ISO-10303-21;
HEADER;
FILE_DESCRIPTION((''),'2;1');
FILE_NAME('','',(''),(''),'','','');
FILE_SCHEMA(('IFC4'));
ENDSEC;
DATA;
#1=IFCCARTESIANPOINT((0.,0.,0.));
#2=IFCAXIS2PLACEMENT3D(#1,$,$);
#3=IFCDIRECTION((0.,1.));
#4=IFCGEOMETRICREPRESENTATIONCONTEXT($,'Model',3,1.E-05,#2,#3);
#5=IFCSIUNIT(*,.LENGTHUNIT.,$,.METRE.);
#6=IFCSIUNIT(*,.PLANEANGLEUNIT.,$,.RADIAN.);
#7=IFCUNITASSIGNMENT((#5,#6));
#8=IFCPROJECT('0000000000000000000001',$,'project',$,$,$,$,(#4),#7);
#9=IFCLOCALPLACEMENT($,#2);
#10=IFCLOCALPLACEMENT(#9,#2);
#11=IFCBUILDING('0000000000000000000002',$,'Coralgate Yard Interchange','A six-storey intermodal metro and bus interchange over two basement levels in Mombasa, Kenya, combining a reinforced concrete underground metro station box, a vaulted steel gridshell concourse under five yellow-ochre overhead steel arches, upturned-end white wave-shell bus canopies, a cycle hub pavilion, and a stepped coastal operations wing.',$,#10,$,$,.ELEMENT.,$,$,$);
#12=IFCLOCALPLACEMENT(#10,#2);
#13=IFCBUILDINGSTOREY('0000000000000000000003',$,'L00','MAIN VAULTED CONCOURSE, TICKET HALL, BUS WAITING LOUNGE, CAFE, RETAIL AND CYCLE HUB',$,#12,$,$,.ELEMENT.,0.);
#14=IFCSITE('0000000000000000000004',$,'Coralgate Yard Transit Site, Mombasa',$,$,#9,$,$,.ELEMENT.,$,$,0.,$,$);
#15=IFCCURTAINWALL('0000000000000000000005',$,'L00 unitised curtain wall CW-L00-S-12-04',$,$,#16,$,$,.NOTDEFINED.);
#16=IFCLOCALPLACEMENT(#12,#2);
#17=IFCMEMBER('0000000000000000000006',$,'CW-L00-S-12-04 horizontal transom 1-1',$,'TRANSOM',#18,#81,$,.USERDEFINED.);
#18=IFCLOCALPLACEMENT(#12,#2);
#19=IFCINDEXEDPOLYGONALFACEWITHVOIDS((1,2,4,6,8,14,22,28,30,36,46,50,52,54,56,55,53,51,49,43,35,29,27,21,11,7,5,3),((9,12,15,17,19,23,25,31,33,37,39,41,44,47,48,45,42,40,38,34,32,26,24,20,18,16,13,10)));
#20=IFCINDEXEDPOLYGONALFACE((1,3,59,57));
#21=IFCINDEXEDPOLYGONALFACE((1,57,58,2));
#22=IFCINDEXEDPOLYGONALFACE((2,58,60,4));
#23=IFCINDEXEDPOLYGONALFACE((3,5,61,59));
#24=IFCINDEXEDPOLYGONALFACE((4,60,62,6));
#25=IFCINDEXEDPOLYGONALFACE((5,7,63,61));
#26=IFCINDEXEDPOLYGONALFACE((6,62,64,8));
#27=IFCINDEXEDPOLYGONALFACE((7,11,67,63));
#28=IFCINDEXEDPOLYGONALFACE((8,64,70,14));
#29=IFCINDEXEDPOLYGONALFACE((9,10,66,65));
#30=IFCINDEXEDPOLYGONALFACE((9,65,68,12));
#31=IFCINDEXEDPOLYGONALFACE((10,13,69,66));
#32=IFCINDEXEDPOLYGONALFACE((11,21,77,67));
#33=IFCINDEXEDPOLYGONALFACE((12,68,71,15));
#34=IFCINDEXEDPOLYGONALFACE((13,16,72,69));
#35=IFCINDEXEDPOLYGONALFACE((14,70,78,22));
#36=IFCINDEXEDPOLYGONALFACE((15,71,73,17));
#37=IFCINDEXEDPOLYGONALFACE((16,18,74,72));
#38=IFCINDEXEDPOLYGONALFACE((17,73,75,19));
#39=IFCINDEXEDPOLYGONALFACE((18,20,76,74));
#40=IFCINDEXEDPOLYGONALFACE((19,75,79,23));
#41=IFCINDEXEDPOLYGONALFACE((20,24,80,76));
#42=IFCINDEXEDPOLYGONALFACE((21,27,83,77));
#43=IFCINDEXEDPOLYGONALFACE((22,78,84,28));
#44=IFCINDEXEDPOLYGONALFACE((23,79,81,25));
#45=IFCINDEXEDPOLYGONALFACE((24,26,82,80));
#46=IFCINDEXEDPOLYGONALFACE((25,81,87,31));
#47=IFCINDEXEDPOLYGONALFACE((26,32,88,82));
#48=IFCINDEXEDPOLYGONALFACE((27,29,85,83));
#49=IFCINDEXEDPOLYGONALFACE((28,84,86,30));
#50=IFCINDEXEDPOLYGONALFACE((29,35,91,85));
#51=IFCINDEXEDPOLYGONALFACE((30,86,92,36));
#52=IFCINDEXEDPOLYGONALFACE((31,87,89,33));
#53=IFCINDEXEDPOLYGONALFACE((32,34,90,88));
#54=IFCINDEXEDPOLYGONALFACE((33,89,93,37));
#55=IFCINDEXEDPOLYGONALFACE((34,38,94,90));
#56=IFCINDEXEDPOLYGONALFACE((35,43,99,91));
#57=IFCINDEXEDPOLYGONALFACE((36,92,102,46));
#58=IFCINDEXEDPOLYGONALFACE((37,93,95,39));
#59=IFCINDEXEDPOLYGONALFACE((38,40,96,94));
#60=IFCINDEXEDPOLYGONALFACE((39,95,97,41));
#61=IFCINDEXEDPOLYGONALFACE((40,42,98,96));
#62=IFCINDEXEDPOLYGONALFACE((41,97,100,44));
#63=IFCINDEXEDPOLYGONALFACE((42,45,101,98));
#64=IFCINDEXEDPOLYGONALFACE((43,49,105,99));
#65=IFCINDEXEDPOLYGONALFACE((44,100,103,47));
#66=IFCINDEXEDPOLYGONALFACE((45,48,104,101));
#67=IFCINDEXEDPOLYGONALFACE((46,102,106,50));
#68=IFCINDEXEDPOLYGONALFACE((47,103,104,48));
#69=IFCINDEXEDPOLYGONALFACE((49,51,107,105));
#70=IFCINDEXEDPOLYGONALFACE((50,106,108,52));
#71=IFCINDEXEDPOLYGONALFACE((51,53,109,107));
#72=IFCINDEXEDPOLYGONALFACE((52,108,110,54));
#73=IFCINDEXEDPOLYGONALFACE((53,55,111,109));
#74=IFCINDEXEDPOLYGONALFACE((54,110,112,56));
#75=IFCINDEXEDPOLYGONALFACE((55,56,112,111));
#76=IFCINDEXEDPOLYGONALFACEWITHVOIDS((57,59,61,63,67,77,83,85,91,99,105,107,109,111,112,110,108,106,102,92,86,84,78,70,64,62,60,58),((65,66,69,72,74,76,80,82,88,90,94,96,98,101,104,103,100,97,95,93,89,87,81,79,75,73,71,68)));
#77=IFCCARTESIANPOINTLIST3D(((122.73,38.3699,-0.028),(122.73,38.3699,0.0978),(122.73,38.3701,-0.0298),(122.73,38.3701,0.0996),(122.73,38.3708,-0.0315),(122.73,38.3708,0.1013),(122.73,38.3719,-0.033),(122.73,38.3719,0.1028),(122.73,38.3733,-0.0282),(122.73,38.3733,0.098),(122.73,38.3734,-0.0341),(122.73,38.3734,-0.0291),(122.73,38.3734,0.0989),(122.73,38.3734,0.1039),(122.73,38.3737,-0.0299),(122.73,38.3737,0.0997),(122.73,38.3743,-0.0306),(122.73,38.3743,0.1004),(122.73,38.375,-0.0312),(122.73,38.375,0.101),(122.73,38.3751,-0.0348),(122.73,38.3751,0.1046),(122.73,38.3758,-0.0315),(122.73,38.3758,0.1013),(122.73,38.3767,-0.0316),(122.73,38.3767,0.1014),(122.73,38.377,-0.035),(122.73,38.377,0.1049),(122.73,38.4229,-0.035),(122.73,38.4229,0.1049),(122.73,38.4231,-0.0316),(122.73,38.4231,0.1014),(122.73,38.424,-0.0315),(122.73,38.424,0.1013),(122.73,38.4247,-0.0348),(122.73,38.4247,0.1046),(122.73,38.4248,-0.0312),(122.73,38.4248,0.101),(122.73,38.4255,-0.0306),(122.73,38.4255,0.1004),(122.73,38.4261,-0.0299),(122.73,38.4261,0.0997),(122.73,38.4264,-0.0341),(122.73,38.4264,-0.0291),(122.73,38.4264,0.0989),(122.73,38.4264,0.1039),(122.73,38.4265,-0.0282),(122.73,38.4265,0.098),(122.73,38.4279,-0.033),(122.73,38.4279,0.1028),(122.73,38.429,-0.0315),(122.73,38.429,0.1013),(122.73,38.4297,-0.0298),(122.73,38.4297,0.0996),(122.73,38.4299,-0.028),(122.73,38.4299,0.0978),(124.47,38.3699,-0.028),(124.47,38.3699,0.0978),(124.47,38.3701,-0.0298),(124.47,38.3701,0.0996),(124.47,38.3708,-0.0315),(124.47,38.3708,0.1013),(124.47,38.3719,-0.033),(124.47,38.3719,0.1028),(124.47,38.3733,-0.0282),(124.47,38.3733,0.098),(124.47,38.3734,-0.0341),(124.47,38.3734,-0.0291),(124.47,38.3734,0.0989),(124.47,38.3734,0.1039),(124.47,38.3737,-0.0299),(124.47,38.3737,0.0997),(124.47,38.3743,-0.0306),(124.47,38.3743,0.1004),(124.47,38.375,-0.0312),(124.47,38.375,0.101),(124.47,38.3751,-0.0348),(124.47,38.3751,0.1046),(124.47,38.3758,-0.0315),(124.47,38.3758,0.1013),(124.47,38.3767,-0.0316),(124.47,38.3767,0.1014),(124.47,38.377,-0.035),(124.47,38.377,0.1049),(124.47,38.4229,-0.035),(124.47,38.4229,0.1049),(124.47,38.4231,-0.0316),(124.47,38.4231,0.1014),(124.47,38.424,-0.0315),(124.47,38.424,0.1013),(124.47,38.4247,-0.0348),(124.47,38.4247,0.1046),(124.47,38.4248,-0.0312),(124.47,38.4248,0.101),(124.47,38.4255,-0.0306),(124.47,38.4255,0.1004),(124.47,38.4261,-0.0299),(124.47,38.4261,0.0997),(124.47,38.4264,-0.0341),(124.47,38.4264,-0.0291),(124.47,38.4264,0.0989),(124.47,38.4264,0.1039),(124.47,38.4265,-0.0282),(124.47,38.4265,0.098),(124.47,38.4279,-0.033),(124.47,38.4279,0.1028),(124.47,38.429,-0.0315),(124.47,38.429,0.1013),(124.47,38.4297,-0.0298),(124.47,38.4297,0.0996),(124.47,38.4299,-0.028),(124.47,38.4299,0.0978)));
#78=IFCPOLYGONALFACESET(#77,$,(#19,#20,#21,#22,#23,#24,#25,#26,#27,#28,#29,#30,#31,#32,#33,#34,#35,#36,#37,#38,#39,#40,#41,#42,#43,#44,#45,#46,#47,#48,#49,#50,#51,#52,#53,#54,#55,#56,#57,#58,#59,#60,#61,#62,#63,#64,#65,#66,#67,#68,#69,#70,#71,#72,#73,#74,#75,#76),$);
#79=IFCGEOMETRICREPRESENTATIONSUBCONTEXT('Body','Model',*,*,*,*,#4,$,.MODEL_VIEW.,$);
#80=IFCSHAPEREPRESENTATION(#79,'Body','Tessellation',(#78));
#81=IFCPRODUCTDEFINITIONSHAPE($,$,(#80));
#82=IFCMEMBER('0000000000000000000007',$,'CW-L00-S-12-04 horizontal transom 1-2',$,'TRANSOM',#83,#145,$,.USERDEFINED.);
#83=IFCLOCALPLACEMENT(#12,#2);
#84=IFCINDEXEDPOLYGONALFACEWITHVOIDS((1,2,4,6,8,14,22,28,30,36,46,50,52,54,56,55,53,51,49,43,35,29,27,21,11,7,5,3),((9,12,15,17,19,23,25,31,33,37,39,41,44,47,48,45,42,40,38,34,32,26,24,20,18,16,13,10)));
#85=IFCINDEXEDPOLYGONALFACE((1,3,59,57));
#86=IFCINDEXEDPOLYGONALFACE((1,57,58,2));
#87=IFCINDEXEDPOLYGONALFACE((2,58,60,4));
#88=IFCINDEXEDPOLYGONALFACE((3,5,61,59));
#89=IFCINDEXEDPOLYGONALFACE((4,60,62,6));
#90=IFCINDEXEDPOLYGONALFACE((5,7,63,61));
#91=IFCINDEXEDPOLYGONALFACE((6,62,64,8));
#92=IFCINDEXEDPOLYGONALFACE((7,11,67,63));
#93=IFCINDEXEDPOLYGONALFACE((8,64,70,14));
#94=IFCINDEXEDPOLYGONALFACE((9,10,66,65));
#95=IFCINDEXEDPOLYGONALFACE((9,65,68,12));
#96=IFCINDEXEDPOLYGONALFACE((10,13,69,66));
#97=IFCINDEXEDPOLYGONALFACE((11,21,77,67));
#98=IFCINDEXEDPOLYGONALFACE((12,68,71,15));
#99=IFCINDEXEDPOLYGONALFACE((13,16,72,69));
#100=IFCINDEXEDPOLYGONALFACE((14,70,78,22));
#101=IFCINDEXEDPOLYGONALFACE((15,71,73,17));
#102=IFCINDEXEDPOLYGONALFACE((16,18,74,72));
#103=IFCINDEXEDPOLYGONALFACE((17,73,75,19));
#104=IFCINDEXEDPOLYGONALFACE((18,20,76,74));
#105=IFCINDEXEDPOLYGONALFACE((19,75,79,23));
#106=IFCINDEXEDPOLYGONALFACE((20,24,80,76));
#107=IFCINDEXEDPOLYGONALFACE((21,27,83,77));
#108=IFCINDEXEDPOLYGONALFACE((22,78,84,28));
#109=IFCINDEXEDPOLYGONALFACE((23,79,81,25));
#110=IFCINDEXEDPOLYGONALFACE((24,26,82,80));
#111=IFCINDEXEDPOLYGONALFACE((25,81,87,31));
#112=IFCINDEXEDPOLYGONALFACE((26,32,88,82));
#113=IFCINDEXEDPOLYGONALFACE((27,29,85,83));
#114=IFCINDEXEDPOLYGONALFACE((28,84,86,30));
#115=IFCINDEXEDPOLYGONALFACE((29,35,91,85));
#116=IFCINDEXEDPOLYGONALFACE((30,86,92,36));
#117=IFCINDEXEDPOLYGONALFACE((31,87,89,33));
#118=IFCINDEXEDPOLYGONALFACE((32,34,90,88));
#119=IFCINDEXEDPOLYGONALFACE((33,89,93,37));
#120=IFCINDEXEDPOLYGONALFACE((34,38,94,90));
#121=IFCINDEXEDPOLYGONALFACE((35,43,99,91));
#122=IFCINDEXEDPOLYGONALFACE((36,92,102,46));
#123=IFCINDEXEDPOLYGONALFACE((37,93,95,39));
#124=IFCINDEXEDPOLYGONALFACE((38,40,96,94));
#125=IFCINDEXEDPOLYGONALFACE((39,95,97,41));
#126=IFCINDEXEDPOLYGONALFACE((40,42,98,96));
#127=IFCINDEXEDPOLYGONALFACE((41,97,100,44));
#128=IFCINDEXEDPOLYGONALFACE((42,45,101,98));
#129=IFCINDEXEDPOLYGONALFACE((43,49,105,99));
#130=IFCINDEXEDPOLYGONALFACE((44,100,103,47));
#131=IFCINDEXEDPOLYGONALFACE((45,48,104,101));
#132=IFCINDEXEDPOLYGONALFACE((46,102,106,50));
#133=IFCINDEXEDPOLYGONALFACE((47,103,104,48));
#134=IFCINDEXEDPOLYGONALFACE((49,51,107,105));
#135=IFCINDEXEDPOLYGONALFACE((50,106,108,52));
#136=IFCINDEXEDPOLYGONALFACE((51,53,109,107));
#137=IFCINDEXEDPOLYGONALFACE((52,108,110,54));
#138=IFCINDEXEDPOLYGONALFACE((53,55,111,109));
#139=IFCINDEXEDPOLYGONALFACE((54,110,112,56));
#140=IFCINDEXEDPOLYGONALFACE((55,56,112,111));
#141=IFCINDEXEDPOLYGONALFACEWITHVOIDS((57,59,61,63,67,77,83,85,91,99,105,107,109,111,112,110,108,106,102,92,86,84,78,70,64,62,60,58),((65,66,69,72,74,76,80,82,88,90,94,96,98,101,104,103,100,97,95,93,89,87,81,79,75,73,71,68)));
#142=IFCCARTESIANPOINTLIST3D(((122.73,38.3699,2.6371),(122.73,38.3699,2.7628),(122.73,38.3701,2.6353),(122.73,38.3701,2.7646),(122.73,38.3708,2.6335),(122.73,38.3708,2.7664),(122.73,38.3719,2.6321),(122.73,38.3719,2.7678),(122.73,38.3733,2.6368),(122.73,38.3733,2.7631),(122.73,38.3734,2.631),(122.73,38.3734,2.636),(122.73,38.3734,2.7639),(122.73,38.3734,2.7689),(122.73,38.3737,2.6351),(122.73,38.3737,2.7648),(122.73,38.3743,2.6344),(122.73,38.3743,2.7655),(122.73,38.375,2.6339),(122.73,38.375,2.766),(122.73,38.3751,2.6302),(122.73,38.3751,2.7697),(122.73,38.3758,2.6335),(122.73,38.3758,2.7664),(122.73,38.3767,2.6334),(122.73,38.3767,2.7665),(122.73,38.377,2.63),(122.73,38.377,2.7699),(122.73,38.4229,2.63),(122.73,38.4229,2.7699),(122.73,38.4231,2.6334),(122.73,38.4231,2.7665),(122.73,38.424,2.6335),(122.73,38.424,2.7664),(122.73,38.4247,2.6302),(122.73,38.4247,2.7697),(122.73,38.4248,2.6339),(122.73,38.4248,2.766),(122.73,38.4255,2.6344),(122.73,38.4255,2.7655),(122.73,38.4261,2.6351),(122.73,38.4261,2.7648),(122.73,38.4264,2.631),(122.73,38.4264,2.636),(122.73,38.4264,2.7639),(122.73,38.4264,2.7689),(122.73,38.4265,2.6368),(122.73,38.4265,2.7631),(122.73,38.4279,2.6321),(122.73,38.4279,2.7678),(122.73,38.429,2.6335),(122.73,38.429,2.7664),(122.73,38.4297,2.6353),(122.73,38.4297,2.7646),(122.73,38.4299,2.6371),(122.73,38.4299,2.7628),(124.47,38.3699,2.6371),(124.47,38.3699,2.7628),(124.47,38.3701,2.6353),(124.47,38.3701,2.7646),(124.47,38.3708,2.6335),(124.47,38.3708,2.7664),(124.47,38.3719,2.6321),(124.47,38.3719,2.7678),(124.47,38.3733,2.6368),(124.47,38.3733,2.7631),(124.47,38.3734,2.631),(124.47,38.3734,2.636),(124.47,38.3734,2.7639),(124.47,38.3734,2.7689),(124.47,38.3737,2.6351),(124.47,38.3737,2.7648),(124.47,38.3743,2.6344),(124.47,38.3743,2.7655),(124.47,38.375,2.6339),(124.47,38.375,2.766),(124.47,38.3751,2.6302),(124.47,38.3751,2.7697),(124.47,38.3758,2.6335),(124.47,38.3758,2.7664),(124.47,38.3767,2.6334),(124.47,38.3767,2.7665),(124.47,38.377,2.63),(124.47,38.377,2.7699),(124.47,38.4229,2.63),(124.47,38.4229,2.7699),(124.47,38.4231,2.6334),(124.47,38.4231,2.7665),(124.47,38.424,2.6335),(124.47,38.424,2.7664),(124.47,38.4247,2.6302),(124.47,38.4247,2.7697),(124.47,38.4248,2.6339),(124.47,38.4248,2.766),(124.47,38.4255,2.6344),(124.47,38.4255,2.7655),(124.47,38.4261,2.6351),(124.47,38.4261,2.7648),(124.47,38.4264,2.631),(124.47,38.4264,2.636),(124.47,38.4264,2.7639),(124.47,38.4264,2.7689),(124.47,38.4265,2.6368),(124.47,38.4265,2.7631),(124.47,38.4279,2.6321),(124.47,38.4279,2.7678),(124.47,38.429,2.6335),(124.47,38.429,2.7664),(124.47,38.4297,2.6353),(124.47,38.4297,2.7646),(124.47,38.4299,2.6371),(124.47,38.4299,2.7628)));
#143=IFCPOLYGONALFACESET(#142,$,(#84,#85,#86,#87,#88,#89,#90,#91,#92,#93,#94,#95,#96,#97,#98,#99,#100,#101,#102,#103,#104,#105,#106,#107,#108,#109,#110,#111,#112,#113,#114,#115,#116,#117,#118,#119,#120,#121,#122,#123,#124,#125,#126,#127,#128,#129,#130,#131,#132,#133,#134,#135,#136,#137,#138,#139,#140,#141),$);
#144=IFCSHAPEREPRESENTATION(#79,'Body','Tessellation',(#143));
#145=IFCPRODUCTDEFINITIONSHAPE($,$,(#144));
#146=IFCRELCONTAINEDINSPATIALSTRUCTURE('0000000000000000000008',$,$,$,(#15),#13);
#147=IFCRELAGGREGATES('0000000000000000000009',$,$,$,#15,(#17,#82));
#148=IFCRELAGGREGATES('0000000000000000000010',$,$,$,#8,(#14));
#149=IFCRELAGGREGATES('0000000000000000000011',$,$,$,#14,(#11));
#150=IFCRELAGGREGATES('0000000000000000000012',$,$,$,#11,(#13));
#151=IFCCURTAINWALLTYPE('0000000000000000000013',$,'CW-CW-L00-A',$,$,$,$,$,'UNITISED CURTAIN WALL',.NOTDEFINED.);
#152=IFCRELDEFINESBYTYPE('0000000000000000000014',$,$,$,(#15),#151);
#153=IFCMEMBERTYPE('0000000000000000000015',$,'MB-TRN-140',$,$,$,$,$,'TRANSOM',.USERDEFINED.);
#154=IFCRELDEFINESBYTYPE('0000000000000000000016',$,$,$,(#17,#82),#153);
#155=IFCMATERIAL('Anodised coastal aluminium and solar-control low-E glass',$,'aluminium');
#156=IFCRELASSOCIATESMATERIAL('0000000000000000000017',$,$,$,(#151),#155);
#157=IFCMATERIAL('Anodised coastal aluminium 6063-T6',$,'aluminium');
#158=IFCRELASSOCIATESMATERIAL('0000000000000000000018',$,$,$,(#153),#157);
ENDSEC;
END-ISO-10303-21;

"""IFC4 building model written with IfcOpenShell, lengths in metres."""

from ifc_helpers import new_model, si_unit, direction, frame, origin, origin_2d, place, context, subcontext, project, spatial, hollow_rectangle, extrude, material, material_profile, profile_set, type_object, element, aggregate, save


model = new_model("IFC4")

# Units and contexts
model_context = context("Model", 3, precision=1e-05, world=origin(), true_north=direction((0.0, 1.0)))
body_context = subcontext(model_context, "Body", "Model", "MODEL_VIEW")
ifc_project = project(units=[si_unit("LENGTHUNIT", "METRE"), si_unit("PLANEANGLEUNIT", "RADIAN")], contexts=[model_context])

# Site, building, storey
site_placement = place(None, origin())
site = spatial("IfcSite", under=ifc_project, at=site_placement, Name="Coralgate Yard Transit Site, Mombasa", CompositionType="ELEMENT", RefElevation=0.0)
building_placement = place(site_placement, origin())
building = spatial("IfcBuilding", under=site, at=building_placement, Name="Coralgate Yard Interchange", Description="A six-storey intermodal metro and bus interchange over two basement levels in Mombasa, Kenya, combining a reinforced concrete underground metro station box, a vaulted steel gridshell concourse under five yellow-ochre overhead steel arches, upturned-end white wave-shell bus canopies, a cycle hub pavilion, and a stepped coastal operations wing.", CompositionType="ELEMENT")
storey_placement = place(building_placement, origin())
storey = spatial("IfcBuildingStorey", under=building, at=storey_placement, Name="L00", Description="MAIN VAULTED CONCOURSE, TICKET HALL, BUS WAITING LOUNGE, CAFE, RETAIL AND CYCLE HUB", CompositionType="ELEMENT", Elevation=0.0)

# Curtain wall, members
ifc_material_1 = material(Name="Anodised coastal aluminium and solar-control low-E glass", Category="aluminium")
curtain_wall_type = type_object("IfcCurtainWallType", Name="CW-CW-L00-A", ElementType="UNITISED CURTAIN WALL", PredefinedType="NOTDEFINED", material=ifc_material_1)
curtain_wall_placement = place(storey_placement, origin())
curtain_wall = element("IfcCurtainWall", 1, at=curtain_wall_placement, inside=storey, type_object=curtain_wall_type, Name="L00 unitised curtain wall CW-L00-S-12-04", PredefinedType="NOTDEFINED")
ifc_material_2 = material(Name="Anodised coastal aluminium 6063-T6", Category="aluminium")
ifc_material_profile_1 = material_profile(ifc_material_2, hollow_rectangle(XDim=0.0601, YDim=0.1399, WallThickness=0.0034, InnerFilletRadius=0.0034, OuterFilletRadius=0.0071, at=origin_2d()), Name="ALU 60x140x3.5")
ifc_profile_set_1 = profile_set([ifc_material_profile_1], Name="Anodised coastal aluminium 6063-T6")
member_type_1 = type_object("IfcMemberType", Name="MB-TRN-140", ElementType="TRANSOM", PredefinedType="USERDEFINED", material=ifc_profile_set_1)
member_1_placement = place(storey_placement, frame((124.47, 38.3999, 0.0349), z_axis=(-1.0, 0.0, 0.0), x_axis=(0.0, -1.0, 0.0)))
member_1 = element("IfcMember", 2, at=member_1_placement, type_object=member_type_1, Name="CW-L00-S-12-04 horizontal transom 1-1", ObjectType="TRANSOM", PredefinedType="USERDEFINED", context=body_context, shape_type="SweptSolid", body=[
    extrude(hollow_rectangle(XDim=0.0601, YDim=0.1399, WallThickness=0.0034, InnerFilletRadius=0.0034, OuterFilletRadius=0.0071, at=origin_2d()), origin(), (0.0, 0.0, 1.0), 1.74),
])
member_2_placement = place(storey_placement, frame((124.47, 38.3999, 2.7), z_axis=(-1.0, 0.0, 0.0), x_axis=(0.0, -1.0, 0.0)))
member_2 = element("IfcMember", 3, at=member_2_placement, type_object=member_type_1, Name="CW-L00-S-12-04 horizontal transom 1-2", ObjectType="TRANSOM", PredefinedType="USERDEFINED", context=body_context, shape_type="SweptSolid", body=[
    extrude(hollow_rectangle(XDim=0.0601, YDim=0.1399, WallThickness=0.0034, InnerFilletRadius=0.0034, OuterFilletRadius=0.0071, at=origin_2d()), origin(), (0.0, 0.0, 1.0), 1.74),
])
aggregate(curtain_wall, [member_1, member_2])

save(model, "model.ifc")
